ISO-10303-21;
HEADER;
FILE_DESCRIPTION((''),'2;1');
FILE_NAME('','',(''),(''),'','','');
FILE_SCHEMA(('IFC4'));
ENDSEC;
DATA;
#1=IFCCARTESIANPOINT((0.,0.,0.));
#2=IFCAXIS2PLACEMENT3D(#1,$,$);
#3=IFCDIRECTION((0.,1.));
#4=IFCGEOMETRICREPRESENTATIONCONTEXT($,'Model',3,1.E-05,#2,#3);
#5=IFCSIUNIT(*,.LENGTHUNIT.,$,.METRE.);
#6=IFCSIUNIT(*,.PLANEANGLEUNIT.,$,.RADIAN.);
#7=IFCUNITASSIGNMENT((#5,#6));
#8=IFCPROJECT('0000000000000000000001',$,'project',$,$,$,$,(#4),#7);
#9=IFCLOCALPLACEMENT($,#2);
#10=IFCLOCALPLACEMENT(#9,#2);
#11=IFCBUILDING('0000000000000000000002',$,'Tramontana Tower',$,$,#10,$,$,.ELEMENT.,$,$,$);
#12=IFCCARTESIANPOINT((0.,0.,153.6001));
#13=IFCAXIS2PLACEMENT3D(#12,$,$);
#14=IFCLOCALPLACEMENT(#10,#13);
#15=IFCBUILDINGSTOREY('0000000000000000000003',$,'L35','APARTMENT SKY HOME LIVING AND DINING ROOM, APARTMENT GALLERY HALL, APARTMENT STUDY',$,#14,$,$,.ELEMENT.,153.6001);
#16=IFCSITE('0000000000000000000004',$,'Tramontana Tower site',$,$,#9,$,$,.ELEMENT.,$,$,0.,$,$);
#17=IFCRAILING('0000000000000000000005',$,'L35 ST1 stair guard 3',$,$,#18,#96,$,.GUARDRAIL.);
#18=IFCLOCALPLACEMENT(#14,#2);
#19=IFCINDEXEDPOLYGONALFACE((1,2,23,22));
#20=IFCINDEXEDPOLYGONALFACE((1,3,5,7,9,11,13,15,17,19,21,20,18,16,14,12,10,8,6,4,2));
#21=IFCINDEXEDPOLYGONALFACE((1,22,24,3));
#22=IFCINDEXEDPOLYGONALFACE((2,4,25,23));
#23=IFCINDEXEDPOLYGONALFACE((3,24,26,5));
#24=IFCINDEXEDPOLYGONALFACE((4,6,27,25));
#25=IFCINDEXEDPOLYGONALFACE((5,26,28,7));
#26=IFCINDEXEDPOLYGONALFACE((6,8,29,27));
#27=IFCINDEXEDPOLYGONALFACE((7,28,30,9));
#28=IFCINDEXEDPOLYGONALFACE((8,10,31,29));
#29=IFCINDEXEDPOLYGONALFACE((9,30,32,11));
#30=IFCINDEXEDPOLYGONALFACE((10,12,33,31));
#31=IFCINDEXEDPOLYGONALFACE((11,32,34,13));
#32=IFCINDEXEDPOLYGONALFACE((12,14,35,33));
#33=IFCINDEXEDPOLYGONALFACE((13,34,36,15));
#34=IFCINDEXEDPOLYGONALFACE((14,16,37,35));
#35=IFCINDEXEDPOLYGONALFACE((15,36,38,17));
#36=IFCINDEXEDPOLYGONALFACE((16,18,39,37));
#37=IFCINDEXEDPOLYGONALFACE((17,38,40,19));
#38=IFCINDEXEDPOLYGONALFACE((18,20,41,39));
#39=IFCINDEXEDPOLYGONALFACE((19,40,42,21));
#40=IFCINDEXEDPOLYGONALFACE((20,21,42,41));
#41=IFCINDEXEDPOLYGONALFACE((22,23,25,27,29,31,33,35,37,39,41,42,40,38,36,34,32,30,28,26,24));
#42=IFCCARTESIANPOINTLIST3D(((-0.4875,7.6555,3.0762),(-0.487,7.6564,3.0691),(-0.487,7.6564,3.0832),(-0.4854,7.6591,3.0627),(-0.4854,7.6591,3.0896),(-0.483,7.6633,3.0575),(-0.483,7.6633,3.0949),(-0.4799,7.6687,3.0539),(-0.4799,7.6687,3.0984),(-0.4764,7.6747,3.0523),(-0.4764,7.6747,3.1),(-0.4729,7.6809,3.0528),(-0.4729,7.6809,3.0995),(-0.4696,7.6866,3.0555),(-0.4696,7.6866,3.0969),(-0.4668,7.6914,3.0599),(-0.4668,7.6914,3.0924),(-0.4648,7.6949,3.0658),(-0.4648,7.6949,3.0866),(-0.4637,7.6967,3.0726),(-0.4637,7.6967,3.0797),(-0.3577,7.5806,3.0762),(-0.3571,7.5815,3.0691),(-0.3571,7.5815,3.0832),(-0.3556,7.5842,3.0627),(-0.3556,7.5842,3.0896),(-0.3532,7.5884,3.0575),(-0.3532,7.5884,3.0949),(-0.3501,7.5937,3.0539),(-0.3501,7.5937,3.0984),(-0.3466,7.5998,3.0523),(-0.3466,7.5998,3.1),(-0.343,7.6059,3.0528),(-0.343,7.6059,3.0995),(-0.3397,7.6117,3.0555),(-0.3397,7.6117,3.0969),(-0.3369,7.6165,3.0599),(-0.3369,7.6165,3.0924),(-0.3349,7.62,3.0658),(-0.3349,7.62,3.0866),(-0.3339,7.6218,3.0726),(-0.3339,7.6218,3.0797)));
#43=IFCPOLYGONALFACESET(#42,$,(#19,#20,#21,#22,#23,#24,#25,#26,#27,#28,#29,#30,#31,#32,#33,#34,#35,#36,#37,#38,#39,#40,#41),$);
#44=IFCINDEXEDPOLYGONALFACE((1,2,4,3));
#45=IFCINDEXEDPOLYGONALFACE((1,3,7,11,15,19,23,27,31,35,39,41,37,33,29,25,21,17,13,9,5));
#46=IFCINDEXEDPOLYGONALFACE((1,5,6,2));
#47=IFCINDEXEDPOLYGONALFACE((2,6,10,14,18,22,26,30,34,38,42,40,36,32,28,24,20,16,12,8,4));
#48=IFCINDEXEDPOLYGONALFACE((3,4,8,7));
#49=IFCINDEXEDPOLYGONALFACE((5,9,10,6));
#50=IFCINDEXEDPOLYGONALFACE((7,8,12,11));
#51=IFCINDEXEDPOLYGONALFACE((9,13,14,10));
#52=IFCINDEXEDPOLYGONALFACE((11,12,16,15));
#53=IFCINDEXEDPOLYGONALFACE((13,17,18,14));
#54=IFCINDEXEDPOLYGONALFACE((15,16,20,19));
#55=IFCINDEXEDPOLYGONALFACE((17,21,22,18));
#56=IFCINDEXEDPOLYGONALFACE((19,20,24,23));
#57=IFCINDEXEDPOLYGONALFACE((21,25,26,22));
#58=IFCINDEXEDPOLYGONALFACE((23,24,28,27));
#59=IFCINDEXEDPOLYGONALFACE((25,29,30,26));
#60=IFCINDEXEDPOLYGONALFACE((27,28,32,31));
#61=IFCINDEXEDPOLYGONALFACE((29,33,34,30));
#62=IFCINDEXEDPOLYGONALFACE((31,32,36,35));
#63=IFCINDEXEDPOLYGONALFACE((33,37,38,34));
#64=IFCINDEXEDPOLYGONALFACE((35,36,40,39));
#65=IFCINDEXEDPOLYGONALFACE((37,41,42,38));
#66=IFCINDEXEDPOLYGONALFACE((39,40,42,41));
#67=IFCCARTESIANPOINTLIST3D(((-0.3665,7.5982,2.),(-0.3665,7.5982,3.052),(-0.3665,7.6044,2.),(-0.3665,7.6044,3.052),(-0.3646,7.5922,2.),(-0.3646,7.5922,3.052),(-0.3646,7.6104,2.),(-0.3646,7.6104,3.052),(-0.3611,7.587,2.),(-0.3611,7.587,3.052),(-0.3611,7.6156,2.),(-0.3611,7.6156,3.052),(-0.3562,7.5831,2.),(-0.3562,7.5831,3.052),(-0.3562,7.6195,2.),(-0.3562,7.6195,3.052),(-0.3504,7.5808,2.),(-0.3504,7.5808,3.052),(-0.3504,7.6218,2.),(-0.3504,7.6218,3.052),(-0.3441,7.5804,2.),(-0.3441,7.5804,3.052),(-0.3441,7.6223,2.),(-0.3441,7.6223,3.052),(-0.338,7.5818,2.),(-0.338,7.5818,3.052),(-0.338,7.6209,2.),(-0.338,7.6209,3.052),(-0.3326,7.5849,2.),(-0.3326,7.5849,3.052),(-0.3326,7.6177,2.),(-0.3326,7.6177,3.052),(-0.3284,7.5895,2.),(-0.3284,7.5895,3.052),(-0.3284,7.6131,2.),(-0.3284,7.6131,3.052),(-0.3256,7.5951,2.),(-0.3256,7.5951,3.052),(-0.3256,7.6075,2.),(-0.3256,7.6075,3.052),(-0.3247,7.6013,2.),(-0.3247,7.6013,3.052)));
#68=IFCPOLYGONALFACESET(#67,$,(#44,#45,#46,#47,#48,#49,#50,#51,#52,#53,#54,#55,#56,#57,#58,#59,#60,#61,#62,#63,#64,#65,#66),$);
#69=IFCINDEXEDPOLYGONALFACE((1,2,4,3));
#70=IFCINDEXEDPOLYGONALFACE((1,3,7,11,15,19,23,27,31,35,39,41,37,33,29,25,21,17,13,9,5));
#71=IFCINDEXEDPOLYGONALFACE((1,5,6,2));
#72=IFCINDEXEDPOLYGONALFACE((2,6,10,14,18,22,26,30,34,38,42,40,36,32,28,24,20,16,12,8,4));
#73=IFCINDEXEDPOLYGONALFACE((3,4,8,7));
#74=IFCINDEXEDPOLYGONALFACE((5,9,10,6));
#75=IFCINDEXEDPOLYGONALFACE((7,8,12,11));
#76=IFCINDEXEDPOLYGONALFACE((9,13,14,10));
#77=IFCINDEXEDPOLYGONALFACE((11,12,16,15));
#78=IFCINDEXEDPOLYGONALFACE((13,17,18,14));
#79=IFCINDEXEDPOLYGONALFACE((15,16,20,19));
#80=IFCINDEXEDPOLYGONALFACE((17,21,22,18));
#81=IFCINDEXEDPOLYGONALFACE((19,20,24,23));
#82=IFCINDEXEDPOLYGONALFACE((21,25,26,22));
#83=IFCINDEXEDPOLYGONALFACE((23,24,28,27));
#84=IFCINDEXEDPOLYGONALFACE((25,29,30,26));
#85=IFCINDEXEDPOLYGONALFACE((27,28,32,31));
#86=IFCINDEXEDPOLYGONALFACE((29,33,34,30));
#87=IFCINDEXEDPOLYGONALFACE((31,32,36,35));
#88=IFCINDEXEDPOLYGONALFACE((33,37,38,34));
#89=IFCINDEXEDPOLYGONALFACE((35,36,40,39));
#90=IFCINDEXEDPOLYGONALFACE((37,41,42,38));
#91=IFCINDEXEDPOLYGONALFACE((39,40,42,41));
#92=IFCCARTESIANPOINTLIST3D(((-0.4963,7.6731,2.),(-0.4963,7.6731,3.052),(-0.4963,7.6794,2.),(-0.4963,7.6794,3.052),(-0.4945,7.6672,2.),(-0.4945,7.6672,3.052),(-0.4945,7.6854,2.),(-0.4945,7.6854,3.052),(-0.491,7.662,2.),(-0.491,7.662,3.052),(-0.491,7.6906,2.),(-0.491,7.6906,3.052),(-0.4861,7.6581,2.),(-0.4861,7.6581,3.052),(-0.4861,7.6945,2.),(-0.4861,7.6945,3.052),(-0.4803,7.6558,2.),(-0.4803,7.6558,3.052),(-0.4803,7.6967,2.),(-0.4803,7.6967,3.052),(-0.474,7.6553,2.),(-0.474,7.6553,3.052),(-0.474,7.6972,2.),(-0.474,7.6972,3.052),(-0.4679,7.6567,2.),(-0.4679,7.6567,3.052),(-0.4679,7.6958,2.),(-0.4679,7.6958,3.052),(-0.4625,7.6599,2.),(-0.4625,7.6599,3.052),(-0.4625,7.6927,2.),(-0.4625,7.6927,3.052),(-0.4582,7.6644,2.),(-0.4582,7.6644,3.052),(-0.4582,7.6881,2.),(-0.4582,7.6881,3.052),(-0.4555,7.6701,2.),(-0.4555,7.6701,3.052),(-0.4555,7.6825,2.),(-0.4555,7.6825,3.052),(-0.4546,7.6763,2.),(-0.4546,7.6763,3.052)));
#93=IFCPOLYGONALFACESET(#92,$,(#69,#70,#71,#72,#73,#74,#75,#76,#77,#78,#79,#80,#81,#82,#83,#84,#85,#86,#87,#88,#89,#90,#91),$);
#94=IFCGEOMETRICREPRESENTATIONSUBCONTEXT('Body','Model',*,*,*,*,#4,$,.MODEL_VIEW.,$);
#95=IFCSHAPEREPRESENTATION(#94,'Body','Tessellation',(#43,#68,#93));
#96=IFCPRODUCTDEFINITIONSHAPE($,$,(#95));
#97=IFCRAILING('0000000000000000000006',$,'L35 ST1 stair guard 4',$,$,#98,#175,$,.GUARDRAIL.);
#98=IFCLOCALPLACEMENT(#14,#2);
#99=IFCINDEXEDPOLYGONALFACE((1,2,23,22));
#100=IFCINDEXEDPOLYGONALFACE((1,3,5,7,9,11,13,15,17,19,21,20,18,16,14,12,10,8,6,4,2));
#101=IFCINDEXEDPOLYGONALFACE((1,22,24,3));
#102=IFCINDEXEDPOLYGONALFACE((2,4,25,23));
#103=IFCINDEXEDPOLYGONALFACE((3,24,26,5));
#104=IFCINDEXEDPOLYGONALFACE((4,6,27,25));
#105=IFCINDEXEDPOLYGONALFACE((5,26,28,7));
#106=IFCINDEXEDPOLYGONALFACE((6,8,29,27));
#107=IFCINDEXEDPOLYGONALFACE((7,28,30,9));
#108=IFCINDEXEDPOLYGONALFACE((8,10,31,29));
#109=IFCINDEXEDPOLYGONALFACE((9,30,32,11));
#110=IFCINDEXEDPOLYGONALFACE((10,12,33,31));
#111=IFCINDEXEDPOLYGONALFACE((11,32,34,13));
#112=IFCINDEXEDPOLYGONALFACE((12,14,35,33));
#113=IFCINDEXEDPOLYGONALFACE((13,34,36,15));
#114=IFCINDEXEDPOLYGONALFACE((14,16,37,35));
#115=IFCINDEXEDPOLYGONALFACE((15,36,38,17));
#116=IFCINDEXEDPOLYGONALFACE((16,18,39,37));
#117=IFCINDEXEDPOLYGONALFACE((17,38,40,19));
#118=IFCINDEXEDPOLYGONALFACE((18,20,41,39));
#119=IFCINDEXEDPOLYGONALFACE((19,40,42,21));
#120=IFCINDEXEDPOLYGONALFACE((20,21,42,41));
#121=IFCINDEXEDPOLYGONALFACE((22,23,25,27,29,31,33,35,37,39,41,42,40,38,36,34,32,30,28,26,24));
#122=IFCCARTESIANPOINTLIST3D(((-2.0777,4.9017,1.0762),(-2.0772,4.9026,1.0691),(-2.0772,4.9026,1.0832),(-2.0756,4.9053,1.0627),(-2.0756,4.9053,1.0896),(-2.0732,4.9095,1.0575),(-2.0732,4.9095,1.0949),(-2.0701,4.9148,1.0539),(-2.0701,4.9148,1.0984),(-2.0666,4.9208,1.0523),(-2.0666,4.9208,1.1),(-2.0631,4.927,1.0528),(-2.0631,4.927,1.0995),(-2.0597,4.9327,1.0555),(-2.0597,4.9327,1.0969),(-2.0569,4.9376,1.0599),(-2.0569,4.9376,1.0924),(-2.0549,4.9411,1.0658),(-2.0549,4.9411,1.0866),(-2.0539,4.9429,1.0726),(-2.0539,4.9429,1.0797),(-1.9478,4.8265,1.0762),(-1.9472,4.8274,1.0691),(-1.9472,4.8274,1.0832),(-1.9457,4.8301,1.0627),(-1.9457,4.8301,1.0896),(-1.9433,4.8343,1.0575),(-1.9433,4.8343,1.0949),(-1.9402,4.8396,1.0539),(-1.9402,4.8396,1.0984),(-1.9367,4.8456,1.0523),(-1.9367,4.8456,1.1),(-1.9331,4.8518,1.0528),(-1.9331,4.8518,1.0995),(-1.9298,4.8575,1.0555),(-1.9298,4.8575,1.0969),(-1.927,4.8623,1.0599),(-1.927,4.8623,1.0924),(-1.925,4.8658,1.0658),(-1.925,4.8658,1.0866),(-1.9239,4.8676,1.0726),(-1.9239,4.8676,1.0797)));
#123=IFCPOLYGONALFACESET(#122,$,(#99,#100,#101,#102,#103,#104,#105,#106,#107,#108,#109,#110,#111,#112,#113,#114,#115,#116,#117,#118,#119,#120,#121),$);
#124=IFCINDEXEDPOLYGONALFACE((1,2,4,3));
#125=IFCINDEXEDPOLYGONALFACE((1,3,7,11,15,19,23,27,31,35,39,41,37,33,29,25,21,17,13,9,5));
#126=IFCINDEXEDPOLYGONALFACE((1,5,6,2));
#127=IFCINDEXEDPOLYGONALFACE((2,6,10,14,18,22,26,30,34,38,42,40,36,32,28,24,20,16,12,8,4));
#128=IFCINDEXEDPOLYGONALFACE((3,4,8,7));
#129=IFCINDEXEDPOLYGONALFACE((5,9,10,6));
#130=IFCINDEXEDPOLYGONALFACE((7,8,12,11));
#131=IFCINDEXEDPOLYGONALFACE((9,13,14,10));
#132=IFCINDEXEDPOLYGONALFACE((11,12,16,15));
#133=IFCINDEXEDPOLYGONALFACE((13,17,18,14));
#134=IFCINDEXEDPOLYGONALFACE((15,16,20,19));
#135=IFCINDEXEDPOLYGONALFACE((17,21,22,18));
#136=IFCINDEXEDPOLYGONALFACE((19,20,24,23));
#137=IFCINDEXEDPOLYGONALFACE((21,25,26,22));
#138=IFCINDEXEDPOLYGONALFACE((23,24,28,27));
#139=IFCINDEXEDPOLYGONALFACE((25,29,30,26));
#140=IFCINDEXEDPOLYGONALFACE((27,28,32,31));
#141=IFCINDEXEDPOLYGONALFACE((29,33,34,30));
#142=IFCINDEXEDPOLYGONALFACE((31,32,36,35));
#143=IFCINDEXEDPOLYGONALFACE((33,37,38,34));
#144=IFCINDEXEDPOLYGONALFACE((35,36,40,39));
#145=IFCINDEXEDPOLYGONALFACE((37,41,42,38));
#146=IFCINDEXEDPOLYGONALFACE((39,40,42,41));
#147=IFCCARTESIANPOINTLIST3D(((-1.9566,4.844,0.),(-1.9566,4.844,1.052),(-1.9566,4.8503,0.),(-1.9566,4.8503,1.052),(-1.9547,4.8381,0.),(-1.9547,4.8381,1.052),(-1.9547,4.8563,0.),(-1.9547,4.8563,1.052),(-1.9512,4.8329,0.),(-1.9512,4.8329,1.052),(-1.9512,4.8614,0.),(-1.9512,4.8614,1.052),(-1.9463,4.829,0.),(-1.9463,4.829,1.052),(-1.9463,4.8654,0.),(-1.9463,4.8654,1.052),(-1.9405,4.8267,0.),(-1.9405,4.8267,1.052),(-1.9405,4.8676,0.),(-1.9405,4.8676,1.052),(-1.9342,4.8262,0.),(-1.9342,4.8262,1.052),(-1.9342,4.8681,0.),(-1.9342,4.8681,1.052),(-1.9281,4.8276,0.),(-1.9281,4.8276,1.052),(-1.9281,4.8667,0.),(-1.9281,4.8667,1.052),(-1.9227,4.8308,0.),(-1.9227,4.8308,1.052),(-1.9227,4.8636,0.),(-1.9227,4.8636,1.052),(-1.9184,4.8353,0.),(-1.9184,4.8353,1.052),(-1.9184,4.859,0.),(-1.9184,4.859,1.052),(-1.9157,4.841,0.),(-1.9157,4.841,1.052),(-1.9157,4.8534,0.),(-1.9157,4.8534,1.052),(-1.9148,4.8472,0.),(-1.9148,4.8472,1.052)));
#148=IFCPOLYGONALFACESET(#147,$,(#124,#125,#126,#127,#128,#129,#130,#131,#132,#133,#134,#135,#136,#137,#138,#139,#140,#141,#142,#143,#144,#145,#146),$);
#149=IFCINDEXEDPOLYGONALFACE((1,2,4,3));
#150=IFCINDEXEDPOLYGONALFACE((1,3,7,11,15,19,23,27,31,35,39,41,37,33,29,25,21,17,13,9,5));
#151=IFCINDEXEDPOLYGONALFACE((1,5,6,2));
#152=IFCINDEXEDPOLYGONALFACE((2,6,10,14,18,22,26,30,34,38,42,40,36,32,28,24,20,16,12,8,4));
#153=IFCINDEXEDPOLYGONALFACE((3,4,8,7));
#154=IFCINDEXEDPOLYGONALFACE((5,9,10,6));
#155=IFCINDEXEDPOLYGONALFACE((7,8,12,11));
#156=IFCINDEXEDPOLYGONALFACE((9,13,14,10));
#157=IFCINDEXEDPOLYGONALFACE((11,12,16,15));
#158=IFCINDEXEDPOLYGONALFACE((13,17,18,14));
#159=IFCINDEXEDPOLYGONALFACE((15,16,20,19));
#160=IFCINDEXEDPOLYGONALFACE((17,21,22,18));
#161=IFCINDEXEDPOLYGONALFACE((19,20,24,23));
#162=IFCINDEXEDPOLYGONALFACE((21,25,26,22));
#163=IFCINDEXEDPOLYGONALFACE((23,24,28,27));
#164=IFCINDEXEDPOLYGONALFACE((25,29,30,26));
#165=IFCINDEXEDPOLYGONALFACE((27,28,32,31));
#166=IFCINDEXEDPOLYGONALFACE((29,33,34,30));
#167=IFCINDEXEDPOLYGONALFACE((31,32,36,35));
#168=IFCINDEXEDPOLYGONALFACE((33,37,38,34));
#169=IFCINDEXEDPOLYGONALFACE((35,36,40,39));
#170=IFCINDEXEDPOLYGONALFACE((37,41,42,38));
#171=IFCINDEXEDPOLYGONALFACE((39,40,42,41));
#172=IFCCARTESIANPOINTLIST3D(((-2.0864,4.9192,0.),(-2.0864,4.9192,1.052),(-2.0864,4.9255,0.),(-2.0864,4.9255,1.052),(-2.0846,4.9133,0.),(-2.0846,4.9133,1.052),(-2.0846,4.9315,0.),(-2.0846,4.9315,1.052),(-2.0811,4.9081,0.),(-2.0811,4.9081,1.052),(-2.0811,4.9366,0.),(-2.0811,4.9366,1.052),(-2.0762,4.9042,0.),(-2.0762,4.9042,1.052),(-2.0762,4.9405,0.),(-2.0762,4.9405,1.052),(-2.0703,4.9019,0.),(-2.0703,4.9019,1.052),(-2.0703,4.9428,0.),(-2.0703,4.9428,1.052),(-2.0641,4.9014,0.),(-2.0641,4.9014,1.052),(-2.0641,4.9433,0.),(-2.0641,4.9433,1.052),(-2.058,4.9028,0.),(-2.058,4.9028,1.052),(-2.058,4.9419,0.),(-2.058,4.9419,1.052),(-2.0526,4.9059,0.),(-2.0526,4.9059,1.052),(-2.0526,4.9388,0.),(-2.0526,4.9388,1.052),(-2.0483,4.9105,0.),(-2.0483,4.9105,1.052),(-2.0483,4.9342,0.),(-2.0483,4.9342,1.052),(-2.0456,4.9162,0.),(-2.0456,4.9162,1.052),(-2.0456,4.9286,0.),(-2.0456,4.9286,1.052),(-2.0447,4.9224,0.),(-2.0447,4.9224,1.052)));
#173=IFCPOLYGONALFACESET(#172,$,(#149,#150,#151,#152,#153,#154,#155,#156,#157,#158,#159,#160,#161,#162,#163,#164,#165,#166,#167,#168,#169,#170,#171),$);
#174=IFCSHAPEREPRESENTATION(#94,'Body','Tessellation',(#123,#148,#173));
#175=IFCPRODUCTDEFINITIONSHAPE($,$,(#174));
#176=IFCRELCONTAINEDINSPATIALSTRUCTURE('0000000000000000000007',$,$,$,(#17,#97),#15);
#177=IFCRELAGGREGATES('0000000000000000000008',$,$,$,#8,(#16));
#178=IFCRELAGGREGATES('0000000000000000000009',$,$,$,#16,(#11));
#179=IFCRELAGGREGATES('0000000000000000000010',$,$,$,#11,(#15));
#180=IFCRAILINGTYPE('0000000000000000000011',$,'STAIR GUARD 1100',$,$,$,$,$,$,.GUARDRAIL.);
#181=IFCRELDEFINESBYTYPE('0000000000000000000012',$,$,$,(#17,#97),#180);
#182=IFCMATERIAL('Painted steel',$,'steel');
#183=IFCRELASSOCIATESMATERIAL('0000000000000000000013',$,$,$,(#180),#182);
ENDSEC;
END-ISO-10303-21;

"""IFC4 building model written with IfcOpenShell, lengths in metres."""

from ifc_helpers import new_model, si_unit, direction, frame, origin, origin_2d, place, context, subcontext, project, spatial, circle, extrude, material, type_object, element, save


model = new_model("IFC4")

# Units and contexts
model_context = context("Model", 3, precision=1e-05, world=origin(), true_north=direction((0.0, 1.0)))
body_context = subcontext(model_context, "Body", "Model", "MODEL_VIEW")
ifc_project = project(units=[si_unit("LENGTHUNIT", "METRE"), si_unit("PLANEANGLEUNIT", "RADIAN")], contexts=[model_context])

# Site, building, storey
site_placement = place(None, origin())
site = spatial("IfcSite", under=ifc_project, at=site_placement, Name="Tramontana Tower site", CompositionType="ELEMENT", RefElevation=0.0)
building_placement = place(site_placement, origin())
building = spatial("IfcBuilding", under=site, at=building_placement, Name="Tramontana Tower", CompositionType="ELEMENT")
storey_placement = place(building_placement, frame((0.0, 0.0, 153.6001)))
storey = spatial("IfcBuildingStorey", under=building, at=storey_placement, Name="L35", Description="APARTMENT SKY HOME LIVING AND DINING ROOM, APARTMENT GALLERY HALL, APARTMENT STUDY", CompositionType="ELEMENT", Elevation=153.6001)

# Railings
ifc_material_1 = material(Name="Painted steel", Category="steel")
railing_type_1 = type_object("IfcRailingType", Name="STAIR GUARD 1100", PredefinedType="GUARDRAIL", material=ifc_material_1)
railing_1_placement = place(storey_placement, frame((-0.3457, 7.6013, 2.0)))
element("IfcRailing", 1, at=railing_1_placement, inside=storey, type_object=railing_type_1, Name="L35 ST1 stair guard 3", PredefinedType="GUARDRAIL", context=body_context, shape_type="SweptSolid", body=[
    extrude(circle(Radius=0.0239, at=origin_2d()), frame((0.0, 0.0, 1.0762), z_axis=(-0.866131, 0.499816, 0.0), x_axis=(-0.499816, -0.866131, 0.0)), (0.0, 0.0, 1.0), 0.1499),
    extrude(circle(Radius=0.021, at=origin_2d()), origin(), (0.0, 0.0, 1.0), 1.052),
    extrude(circle(Radius=0.021, at=origin_2d()), frame((-0.1299, 0.075, 0.0)), (0.0, 0.0, 1.0), 1.052),
])
railing_2_placement = place(storey_placement, frame((-1.9358, 4.8472, 0.0)))
element("IfcRailing", 2, at=railing_2_placement, inside=storey, type_object=railing_type_1, Name="L35 ST1 stair guard 4", PredefinedType="GUARDRAIL", context=body_context, shape_type="SweptSolid", body=[
    extrude(circle(Radius=0.0239, at=origin_2d()), frame((0.0, 0.0, 1.0762), z_axis=(-0.865426, 0.501036, 0.0), x_axis=(-0.501036, -0.865426, 0.0)), (0.0, 0.0, 1.0), 0.1501),
    extrude(circle(Radius=0.021, at=origin_2d()), origin(), (0.0, 0.0, 1.0), 1.052),
    extrude(circle(Radius=0.021, at=origin_2d()), frame((-0.1299, 0.0752, 0.0)), (0.0, 0.0, 1.0), 1.052),
])

save(model, "model.ifc")
